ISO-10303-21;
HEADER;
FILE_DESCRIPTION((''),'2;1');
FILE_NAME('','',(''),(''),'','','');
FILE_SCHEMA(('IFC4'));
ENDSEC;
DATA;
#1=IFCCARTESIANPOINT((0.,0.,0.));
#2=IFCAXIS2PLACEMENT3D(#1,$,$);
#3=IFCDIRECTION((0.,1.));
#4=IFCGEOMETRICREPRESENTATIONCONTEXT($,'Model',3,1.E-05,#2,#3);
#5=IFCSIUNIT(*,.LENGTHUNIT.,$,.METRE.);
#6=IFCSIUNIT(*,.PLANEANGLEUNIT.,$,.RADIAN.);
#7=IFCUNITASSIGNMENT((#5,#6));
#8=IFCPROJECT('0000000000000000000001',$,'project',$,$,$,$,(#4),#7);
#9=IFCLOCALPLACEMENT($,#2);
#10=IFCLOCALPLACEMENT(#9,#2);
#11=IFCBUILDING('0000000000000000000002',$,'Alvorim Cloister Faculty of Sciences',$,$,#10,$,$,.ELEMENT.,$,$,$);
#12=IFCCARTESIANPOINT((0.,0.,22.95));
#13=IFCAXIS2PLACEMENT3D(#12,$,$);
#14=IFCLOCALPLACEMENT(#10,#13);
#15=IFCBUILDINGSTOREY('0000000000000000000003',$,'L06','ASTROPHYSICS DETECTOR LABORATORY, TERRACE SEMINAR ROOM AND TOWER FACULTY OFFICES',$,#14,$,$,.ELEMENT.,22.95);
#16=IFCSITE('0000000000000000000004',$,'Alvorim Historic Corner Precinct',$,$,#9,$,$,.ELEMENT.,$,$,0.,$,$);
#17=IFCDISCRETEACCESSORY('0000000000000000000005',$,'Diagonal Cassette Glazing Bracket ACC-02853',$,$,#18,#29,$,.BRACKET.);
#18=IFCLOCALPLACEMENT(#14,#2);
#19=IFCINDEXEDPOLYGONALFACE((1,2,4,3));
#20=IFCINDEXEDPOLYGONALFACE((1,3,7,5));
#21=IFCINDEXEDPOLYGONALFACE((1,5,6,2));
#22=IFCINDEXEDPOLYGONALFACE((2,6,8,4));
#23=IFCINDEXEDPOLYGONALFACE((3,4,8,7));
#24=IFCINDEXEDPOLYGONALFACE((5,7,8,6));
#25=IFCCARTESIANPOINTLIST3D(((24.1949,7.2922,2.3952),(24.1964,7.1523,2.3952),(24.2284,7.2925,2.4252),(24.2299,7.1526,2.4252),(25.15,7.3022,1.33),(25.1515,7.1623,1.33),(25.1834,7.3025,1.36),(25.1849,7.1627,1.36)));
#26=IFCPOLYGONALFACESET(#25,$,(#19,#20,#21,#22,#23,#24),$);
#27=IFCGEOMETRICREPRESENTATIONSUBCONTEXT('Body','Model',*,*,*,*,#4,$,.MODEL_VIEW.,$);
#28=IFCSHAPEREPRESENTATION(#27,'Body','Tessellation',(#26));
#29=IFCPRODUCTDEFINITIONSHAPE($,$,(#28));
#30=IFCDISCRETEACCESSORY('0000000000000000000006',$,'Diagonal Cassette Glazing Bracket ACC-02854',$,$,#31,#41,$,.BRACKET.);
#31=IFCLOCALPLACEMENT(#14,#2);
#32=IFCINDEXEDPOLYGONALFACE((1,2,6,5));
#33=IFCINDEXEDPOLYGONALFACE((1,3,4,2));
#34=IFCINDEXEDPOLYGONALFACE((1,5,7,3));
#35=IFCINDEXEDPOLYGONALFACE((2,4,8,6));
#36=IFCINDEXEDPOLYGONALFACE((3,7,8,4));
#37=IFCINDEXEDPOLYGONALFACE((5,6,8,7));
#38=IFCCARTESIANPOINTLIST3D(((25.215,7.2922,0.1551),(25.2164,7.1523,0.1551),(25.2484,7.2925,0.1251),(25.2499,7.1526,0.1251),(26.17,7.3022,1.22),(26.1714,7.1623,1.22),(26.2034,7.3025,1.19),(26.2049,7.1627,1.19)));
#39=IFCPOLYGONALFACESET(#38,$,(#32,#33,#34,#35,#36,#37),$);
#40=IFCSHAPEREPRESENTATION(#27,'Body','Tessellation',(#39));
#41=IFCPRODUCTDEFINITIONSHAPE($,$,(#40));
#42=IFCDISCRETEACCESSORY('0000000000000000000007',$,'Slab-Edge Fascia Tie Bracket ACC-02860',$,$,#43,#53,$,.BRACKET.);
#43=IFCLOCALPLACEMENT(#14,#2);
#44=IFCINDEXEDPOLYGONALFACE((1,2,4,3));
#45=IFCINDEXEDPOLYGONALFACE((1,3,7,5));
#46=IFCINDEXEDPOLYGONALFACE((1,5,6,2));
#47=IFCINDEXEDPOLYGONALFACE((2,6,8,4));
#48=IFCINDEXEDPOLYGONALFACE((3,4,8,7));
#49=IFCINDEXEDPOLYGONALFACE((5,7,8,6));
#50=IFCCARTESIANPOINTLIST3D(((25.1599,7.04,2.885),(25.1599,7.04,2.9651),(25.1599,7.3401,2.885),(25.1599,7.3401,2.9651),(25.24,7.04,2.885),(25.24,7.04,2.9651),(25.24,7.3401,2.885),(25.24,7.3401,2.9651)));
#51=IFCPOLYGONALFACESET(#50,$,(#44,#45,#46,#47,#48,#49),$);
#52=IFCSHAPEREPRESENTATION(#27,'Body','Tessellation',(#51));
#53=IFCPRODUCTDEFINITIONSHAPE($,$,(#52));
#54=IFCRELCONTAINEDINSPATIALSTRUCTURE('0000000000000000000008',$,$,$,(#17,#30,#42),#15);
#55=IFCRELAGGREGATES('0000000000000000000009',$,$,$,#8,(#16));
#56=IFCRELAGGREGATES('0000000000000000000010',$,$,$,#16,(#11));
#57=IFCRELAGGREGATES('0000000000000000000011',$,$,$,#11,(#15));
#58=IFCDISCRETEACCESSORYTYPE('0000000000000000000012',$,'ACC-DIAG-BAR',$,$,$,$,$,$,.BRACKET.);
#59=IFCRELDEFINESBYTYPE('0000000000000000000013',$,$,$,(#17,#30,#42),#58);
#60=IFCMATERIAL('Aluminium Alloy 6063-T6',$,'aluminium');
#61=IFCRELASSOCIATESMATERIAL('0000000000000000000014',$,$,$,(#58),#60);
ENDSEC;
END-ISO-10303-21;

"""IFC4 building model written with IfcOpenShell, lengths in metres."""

from ifc_helpers import new_model, si_unit, direction, frame, origin, origin_2d, place, context, subcontext, project, spatial, rectangle, extrude, material, type_object, element, save


model = new_model("IFC4")

# Units and contexts
model_context = context("Model", 3, precision=1e-05, world=origin(), true_north=direction((0.0, 1.0)))
body_context = subcontext(model_context, "Body", "Model", "MODEL_VIEW")
ifc_project = project(units=[si_unit("LENGTHUNIT", "METRE"), si_unit("PLANEANGLEUNIT", "RADIAN")], contexts=[model_context])

# Site, building, storey
site_placement = place(None, origin())
site = spatial("IfcSite", under=ifc_project, at=site_placement, Name="Alvorim Historic Corner Precinct", CompositionType="ELEMENT", RefElevation=0.0)
building_placement = place(site_placement, origin())
building = spatial("IfcBuilding", under=site, at=building_placement, Name="Alvorim Cloister Faculty of Sciences", CompositionType="ELEMENT")
storey_placement = place(building_placement, frame((0.0, 0.0, 22.95)))
storey = spatial("IfcBuildingStorey", under=building, at=storey_placement, Name="L06", Description="ASTROPHYSICS DETECTOR LABORATORY, TERRACE SEMINAR ROOM AND TOWER FACULTY OFFICES", CompositionType="ELEMENT", Elevation=22.95)

# Shared definitions
ifc_material_1 = material(Name="Aluminium Alloy 6063-T6", Category="aluminium")

# Discrete accessories
discrete_accessory_type = type_object("IfcDiscreteAccessoryType", Name="ACC-DIAG-BAR", PredefinedType="BRACKET", material=ifc_material_1)
discrete_accessory_1_placement = place(storey_placement, frame((24.2124, 7.2224, 2.4102), z_axis=(0.667561, 0.006996, -0.744522), x_axis=(-0.01048, 0.999945, 0.0)))
element("IfcDiscreteAccessory", 1, at=discrete_accessory_1_placement, inside=storey, type_object=discrete_accessory_type, Name="Diagonal Cassette Glazing Bracket ACC-02853", PredefinedType="BRACKET", context=body_context, shape_type="SweptSolid", body=[
    extrude(rectangle(XDim=0.1399, YDim=0.0449, at=origin_2d()), origin(), (0.0, 0.0, 1.0), 1.4307),
])
discrete_accessory_2_placement = place(storey_placement, frame((25.2324, 7.2224, 0.1401), z_axis=(0.667646, 0.006997, 0.744446), x_axis=(-0.01048, 0.999945, 0.0)))
element("IfcDiscreteAccessory", 2, at=discrete_accessory_2_placement, inside=storey, type_object=discrete_accessory_type, Name="Diagonal Cassette Glazing Bracket ACC-02854", PredefinedType="BRACKET", context=body_context, shape_type="SweptSolid", body=[
    extrude(rectangle(XDim=0.1399, YDim=0.0449, at=origin_2d()), origin(), (0.0, 0.0, 1.0), 1.4304),
])
discrete_accessory_3_placement = place(storey_placement, frame((25.2, 7.3401, 2.925), z_axis=(0.0, -1.0, 0.0), x_axis=(1.0, 0.0, 0.0)))
element("IfcDiscreteAccessory", 3, at=discrete_accessory_3_placement, inside=storey, type_object=discrete_accessory_type, Name="Slab-Edge Fascia Tie Bracket ACC-02860", PredefinedType="BRACKET", context=body_context, shape_type="SweptSolid", body=[
    extrude(rectangle(XDim=0.0801, YDim=0.0801, at=origin_2d()), origin(), (0.0, 0.0, 1.0), 0.3),
])

save(model, "model.ifc")
